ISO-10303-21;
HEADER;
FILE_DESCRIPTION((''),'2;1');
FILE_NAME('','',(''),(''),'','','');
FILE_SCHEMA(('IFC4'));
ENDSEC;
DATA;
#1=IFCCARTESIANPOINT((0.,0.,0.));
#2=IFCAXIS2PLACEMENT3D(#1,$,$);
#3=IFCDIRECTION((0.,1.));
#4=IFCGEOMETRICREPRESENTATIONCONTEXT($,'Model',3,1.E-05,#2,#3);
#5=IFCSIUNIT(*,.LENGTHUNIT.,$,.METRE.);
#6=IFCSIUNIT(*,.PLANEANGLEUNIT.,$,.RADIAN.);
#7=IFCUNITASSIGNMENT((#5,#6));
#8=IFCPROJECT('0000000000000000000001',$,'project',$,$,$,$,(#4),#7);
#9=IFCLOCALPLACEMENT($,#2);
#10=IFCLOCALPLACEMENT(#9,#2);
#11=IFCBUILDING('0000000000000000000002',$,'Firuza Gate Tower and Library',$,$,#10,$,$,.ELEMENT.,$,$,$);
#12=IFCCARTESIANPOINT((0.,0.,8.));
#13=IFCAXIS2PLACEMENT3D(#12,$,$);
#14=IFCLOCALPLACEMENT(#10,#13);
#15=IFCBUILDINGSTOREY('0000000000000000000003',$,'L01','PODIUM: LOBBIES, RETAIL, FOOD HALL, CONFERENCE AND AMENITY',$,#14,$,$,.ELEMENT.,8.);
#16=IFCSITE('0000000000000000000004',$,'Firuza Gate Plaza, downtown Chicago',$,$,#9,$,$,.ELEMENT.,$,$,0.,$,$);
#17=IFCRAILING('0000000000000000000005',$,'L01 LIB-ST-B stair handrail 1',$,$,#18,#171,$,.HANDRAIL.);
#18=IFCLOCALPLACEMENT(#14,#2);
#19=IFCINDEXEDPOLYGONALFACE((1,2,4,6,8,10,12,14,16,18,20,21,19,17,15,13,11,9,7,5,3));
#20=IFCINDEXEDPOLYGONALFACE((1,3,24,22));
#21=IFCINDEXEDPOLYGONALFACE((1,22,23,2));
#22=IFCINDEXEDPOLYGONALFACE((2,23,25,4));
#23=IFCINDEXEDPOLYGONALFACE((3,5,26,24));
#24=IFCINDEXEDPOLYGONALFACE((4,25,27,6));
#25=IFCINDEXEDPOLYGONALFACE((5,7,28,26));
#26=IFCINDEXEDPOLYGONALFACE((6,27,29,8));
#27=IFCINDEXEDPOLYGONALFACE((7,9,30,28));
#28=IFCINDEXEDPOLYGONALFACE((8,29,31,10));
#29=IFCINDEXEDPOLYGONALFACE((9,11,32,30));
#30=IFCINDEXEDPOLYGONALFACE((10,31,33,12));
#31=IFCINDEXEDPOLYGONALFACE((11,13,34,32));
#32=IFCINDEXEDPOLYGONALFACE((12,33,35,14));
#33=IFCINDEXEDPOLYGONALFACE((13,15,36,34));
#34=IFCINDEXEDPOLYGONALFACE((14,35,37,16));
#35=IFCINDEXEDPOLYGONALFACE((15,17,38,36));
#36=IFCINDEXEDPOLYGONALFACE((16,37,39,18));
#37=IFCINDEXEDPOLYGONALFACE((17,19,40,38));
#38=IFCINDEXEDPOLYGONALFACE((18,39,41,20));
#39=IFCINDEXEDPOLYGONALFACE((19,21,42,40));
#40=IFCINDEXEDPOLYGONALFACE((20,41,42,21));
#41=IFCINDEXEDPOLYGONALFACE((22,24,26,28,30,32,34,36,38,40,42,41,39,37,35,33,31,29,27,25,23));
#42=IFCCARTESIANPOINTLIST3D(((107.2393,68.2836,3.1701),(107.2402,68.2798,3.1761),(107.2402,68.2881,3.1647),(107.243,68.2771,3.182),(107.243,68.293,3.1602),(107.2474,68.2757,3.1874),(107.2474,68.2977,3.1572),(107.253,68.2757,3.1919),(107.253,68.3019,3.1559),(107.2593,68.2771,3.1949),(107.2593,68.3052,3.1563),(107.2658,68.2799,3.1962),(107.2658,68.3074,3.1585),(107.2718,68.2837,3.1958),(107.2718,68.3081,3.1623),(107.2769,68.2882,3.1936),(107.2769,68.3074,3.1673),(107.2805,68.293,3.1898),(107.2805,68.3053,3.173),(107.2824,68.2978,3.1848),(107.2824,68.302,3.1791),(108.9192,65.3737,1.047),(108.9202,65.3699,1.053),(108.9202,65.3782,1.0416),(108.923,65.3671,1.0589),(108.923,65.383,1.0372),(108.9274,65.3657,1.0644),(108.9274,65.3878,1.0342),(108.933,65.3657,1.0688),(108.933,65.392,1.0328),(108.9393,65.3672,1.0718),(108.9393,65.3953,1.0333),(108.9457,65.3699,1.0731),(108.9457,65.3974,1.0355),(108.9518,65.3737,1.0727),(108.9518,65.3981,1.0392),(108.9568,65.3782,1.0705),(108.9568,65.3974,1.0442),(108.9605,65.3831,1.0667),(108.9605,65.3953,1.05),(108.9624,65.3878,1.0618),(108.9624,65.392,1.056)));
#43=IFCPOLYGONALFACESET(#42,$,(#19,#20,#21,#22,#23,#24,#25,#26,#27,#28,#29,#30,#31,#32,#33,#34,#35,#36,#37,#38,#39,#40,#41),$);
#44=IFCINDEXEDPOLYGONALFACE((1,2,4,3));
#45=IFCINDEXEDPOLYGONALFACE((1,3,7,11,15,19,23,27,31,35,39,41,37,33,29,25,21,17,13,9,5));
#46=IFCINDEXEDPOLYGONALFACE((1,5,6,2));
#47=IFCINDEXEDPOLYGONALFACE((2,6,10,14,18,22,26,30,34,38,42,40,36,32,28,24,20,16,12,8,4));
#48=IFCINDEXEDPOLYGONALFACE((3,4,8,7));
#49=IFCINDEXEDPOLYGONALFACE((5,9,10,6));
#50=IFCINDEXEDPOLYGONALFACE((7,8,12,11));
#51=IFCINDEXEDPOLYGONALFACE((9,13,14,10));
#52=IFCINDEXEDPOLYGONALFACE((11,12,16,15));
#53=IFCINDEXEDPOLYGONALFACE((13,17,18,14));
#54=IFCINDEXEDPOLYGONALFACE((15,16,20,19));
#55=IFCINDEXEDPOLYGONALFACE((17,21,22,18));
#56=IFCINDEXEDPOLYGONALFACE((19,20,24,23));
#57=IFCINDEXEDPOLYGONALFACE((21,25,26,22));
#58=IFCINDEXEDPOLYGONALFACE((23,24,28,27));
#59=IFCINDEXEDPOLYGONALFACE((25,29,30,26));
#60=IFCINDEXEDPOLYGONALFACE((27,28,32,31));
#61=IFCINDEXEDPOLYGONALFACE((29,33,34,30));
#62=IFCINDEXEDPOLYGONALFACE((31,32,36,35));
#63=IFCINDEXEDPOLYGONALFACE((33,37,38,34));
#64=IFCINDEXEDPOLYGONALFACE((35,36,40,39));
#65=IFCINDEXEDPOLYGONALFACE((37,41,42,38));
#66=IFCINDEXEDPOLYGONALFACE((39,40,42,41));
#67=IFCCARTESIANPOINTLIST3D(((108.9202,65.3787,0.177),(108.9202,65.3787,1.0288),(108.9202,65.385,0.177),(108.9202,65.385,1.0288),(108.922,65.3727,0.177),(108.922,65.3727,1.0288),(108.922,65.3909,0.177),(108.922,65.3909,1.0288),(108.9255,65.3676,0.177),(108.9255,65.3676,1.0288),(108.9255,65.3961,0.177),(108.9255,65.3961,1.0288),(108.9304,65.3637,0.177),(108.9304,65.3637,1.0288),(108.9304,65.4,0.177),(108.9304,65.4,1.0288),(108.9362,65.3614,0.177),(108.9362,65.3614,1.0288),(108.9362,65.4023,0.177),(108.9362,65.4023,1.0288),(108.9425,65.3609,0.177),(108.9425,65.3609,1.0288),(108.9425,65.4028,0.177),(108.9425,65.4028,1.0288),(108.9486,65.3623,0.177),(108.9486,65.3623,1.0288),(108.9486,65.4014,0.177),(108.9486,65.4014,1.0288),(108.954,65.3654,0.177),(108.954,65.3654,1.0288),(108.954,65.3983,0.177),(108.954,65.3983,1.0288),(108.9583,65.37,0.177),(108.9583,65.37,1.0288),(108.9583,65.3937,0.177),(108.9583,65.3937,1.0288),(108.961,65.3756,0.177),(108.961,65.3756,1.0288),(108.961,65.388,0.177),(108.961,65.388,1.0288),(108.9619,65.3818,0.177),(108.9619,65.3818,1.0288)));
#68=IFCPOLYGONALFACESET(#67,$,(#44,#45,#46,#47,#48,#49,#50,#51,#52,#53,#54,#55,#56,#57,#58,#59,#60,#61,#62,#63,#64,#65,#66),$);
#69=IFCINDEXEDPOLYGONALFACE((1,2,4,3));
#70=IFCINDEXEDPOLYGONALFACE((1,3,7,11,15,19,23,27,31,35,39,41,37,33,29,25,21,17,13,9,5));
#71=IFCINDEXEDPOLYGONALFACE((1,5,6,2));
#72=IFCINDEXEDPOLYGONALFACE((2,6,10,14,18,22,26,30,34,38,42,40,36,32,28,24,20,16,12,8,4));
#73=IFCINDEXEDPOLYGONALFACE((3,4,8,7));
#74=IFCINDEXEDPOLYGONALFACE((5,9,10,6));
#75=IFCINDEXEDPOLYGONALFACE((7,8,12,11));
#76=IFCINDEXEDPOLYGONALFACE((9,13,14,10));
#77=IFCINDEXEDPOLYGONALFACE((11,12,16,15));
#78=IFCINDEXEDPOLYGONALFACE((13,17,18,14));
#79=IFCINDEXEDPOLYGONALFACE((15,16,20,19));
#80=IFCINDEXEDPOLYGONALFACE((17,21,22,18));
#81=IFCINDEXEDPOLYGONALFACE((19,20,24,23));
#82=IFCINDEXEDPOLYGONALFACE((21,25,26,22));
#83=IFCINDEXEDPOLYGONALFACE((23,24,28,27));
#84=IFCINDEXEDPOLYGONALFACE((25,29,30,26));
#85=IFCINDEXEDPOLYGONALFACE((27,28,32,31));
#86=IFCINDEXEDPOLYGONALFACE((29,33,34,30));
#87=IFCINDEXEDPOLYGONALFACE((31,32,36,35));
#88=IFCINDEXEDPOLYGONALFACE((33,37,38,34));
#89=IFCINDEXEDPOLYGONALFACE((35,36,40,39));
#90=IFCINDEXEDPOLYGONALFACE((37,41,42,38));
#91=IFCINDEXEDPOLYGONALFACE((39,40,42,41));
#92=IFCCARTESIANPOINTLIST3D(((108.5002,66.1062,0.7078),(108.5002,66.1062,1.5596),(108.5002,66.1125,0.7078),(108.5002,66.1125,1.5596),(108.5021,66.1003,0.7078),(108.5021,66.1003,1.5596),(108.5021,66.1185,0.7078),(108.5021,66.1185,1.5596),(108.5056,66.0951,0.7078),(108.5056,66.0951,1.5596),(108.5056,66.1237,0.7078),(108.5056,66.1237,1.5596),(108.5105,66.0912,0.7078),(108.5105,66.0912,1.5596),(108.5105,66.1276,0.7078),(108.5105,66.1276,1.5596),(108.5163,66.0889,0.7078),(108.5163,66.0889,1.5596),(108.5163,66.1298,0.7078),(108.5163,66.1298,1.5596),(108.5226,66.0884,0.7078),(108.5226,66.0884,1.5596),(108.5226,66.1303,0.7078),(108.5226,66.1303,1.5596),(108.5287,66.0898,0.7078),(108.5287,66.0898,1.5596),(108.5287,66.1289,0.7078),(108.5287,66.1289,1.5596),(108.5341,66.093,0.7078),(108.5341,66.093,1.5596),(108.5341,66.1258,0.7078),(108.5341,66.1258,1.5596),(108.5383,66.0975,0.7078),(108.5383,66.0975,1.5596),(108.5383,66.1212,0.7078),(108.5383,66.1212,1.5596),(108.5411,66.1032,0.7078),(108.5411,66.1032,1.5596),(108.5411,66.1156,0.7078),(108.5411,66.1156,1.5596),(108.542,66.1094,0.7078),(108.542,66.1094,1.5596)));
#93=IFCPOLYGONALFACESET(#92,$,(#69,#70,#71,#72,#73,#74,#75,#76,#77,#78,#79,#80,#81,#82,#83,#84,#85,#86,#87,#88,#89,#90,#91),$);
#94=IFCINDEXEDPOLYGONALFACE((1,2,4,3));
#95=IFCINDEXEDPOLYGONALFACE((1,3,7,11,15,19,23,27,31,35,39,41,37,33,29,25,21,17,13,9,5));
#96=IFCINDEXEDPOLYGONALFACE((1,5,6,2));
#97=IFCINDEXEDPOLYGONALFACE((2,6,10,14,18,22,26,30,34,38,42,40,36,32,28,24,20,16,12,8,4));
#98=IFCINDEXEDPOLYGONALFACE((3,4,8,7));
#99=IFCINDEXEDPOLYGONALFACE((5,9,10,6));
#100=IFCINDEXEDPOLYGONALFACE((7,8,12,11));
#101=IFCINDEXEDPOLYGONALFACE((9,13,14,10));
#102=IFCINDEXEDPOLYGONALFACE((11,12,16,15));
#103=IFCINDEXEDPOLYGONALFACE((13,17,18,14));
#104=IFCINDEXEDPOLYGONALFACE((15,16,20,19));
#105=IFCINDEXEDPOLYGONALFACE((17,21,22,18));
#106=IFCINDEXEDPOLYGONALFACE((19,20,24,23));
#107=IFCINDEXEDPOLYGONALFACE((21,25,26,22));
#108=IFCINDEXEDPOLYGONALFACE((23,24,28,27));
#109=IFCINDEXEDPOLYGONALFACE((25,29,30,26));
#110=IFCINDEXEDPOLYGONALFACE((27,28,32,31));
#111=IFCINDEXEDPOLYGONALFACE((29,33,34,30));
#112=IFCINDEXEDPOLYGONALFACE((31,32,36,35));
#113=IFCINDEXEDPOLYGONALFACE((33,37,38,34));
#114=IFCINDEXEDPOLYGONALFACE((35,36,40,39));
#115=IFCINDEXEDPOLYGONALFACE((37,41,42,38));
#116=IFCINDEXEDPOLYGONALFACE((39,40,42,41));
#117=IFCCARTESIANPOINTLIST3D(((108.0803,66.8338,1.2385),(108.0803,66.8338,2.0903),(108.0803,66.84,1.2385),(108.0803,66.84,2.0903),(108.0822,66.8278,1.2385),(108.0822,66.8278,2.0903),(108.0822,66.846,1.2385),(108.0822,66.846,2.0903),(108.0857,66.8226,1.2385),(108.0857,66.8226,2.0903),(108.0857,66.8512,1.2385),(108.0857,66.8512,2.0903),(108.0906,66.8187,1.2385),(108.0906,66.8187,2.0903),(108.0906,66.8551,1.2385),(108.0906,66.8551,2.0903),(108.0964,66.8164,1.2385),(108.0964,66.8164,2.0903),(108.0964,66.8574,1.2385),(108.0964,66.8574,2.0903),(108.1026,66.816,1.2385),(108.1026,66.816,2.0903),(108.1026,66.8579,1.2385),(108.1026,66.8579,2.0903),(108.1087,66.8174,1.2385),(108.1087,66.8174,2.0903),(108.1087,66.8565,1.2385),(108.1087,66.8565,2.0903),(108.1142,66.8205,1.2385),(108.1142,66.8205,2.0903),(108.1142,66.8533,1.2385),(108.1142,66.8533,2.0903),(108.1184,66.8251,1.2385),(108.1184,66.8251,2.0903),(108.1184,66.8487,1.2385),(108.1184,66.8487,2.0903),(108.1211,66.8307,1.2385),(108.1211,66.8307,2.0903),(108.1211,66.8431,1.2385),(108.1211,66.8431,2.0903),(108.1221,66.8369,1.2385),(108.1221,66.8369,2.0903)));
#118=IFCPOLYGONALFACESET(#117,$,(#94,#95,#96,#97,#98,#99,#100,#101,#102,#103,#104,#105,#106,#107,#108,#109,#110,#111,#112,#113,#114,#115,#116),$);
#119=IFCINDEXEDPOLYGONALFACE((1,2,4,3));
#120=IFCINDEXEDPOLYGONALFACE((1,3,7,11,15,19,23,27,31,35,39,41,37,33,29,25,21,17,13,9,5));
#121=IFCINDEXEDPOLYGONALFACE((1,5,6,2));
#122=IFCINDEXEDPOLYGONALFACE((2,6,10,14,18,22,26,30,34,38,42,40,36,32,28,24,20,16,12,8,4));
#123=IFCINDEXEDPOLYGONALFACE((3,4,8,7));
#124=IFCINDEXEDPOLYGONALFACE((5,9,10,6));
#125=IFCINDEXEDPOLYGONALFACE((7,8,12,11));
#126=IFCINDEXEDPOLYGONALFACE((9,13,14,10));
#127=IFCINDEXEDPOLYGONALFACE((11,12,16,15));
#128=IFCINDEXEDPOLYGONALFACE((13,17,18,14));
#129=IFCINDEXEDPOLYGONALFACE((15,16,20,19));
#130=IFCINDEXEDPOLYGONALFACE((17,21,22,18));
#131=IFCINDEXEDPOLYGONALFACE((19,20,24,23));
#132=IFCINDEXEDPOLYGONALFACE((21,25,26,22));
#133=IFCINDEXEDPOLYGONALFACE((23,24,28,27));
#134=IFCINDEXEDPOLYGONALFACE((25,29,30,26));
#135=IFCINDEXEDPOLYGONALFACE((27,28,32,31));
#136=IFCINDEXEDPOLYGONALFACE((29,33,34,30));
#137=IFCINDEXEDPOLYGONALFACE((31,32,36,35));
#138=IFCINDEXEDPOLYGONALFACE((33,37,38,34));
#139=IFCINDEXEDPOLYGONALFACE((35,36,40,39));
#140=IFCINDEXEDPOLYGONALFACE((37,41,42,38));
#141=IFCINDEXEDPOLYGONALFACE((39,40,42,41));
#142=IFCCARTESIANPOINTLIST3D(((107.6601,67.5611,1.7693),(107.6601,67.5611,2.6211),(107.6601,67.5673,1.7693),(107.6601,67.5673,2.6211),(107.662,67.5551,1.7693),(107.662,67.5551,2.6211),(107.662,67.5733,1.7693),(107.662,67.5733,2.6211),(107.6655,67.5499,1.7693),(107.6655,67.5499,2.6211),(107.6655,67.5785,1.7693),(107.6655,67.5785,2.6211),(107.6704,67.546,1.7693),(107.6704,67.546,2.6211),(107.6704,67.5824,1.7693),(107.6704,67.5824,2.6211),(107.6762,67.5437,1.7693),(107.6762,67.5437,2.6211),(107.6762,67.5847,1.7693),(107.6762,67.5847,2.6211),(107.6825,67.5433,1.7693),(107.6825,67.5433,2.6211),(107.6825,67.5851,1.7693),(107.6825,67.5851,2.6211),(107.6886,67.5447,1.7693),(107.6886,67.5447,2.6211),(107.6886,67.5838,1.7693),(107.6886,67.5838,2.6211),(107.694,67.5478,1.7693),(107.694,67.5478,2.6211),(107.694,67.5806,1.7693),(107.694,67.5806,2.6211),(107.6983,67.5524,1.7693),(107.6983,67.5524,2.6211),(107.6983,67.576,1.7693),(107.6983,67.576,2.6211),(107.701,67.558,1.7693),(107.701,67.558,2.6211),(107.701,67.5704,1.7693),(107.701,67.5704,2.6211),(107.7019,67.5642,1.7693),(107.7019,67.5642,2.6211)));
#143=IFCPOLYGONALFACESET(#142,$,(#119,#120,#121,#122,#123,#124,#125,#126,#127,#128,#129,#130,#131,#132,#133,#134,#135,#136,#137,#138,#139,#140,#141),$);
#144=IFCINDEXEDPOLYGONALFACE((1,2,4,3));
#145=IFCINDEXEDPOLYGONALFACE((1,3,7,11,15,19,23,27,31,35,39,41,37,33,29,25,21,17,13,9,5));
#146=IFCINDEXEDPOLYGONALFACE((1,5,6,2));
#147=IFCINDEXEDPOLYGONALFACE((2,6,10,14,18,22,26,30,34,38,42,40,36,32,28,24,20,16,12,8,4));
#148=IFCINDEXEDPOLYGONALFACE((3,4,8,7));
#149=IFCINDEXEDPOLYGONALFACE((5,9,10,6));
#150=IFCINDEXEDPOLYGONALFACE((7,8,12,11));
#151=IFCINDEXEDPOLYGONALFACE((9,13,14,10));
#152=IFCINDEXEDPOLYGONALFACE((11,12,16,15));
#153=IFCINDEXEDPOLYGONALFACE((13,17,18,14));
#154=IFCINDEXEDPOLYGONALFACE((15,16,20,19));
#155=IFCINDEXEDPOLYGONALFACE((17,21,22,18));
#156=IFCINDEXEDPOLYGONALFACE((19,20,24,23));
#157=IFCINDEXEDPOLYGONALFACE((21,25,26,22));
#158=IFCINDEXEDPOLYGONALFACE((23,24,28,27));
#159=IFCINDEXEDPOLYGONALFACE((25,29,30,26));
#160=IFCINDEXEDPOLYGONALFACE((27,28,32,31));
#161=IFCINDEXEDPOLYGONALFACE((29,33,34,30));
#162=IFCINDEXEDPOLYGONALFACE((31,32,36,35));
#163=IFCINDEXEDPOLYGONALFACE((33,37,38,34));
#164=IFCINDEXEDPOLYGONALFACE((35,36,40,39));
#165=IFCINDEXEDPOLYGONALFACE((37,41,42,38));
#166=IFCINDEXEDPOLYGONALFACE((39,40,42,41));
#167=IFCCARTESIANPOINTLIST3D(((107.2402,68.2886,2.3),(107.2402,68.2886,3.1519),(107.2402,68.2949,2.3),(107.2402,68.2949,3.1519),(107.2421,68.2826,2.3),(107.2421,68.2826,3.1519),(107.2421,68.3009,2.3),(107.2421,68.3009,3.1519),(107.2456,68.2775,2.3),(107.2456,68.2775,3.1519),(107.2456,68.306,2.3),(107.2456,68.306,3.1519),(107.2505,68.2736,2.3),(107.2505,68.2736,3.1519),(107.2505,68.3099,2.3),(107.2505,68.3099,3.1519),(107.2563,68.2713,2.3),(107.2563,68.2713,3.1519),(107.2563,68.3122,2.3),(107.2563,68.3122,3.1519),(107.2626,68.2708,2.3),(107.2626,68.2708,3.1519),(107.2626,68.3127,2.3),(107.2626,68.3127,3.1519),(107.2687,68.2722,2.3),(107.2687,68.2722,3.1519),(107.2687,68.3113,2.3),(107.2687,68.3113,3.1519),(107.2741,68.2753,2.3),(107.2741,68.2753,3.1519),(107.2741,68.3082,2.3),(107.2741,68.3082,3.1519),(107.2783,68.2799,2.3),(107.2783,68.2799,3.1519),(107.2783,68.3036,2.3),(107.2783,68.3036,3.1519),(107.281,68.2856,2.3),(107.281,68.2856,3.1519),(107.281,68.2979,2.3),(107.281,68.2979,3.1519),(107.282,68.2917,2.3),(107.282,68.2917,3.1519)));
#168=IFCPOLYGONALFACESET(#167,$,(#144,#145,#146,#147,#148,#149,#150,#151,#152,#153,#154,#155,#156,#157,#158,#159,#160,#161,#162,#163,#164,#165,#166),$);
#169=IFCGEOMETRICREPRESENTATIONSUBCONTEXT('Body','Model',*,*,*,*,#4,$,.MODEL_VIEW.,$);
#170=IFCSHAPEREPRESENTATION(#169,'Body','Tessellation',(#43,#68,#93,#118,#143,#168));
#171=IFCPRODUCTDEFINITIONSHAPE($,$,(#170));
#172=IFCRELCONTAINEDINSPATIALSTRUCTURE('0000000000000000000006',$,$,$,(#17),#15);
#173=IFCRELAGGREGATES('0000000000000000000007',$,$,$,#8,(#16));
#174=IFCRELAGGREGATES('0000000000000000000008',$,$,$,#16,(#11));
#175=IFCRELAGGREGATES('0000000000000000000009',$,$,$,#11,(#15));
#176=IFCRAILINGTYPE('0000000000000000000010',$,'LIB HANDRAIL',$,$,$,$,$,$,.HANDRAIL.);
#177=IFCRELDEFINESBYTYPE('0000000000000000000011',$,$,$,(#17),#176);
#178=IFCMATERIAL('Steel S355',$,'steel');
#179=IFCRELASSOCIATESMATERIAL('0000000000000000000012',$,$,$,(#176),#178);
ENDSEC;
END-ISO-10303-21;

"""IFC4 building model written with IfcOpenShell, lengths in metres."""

from ifc_helpers import new_model, si_unit, direction, frame, origin, origin_2d, place, context, subcontext, project, spatial, circle, extrude, material, type_object, element, save


model = new_model("IFC4")

# Units and contexts
model_context = context("Model", 3, precision=1e-05, world=origin(), true_north=direction((0.0, 1.0)))
body_context = subcontext(model_context, "Body", "Model", "MODEL_VIEW")
ifc_project = project(units=[si_unit("LENGTHUNIT", "METRE"), si_unit("PLANEANGLEUNIT", "RADIAN")], contexts=[model_context])

# Site, building, storey
site_placement = place(None, origin())
site = spatial("IfcSite", under=ifc_project, at=site_placement, Name="Firuza Gate Plaza, downtown Chicago", CompositionType="ELEMENT", RefElevation=0.0)
building_placement = place(site_placement, origin())
building = spatial("IfcBuilding", under=site, at=building_placement, Name="Firuza Gate Tower and Library", CompositionType="ELEMENT")
storey_placement = place(building_placement, frame((0.0, 0.0, 8.0)))
storey = spatial("IfcBuildingStorey", under=building, at=storey_placement, Name="L01", Description="PODIUM: LOBBIES, RETAIL, FOOD HALL, CONFERENCE AND AMENITY", CompositionType="ELEMENT", Elevation=8.0)

# Railing
ifc_material_1 = material(Name="Steel S355", Category="steel")
railing_type_1 = type_object("IfcRailingType", Name="LIB HANDRAIL", PredefinedType="HANDRAIL", material=ifc_material_1)
railing_1_placement = place(storey_placement, frame((108.9409, 65.3818, 0.177)))
element("IfcRailing", 1, at=railing_1_placement, inside=storey, type_object=railing_type_1, Name="L01 LIB-ST-B stair handrail 1", PredefinedType="HANDRAIL", context=body_context, shape_type="SweptSolid", body=[
    extrude(circle(Radius=0.0239, at=origin_2d()), frame((0.0, 0.0, 0.876), z_axis=(-0.422672, 0.732135, 0.53416), x_axis=(-0.866039, -0.499976, 0.0)), (0.0, 0.0, 1.0), 3.9746),
    extrude(circle(Radius=0.021, at=origin_2d()), origin(), (0.0, 0.0, 1.0), 0.8518),
    extrude(circle(Radius=0.021, at=origin_2d()), frame((-0.4199, 0.7275, 0.5308)), (0.0, 0.0, 1.0), 0.8518),
    extrude(circle(Radius=0.021, at=origin_2d()), frame((-0.8398, 1.4551, 1.0615)), (0.0, 0.0, 1.0), 0.8518),
    extrude(circle(Radius=0.021, at=origin_2d()), frame((-1.26, 2.1824, 1.5923)), (0.0, 0.0, 1.0), 0.8518),
    extrude(circle(Radius=0.021, at=origin_2d()), frame((-1.6799, 2.9099, 2.123)), (0.0, 0.0, 1.0), 0.8518),
])

save(model, "model.ifc")
